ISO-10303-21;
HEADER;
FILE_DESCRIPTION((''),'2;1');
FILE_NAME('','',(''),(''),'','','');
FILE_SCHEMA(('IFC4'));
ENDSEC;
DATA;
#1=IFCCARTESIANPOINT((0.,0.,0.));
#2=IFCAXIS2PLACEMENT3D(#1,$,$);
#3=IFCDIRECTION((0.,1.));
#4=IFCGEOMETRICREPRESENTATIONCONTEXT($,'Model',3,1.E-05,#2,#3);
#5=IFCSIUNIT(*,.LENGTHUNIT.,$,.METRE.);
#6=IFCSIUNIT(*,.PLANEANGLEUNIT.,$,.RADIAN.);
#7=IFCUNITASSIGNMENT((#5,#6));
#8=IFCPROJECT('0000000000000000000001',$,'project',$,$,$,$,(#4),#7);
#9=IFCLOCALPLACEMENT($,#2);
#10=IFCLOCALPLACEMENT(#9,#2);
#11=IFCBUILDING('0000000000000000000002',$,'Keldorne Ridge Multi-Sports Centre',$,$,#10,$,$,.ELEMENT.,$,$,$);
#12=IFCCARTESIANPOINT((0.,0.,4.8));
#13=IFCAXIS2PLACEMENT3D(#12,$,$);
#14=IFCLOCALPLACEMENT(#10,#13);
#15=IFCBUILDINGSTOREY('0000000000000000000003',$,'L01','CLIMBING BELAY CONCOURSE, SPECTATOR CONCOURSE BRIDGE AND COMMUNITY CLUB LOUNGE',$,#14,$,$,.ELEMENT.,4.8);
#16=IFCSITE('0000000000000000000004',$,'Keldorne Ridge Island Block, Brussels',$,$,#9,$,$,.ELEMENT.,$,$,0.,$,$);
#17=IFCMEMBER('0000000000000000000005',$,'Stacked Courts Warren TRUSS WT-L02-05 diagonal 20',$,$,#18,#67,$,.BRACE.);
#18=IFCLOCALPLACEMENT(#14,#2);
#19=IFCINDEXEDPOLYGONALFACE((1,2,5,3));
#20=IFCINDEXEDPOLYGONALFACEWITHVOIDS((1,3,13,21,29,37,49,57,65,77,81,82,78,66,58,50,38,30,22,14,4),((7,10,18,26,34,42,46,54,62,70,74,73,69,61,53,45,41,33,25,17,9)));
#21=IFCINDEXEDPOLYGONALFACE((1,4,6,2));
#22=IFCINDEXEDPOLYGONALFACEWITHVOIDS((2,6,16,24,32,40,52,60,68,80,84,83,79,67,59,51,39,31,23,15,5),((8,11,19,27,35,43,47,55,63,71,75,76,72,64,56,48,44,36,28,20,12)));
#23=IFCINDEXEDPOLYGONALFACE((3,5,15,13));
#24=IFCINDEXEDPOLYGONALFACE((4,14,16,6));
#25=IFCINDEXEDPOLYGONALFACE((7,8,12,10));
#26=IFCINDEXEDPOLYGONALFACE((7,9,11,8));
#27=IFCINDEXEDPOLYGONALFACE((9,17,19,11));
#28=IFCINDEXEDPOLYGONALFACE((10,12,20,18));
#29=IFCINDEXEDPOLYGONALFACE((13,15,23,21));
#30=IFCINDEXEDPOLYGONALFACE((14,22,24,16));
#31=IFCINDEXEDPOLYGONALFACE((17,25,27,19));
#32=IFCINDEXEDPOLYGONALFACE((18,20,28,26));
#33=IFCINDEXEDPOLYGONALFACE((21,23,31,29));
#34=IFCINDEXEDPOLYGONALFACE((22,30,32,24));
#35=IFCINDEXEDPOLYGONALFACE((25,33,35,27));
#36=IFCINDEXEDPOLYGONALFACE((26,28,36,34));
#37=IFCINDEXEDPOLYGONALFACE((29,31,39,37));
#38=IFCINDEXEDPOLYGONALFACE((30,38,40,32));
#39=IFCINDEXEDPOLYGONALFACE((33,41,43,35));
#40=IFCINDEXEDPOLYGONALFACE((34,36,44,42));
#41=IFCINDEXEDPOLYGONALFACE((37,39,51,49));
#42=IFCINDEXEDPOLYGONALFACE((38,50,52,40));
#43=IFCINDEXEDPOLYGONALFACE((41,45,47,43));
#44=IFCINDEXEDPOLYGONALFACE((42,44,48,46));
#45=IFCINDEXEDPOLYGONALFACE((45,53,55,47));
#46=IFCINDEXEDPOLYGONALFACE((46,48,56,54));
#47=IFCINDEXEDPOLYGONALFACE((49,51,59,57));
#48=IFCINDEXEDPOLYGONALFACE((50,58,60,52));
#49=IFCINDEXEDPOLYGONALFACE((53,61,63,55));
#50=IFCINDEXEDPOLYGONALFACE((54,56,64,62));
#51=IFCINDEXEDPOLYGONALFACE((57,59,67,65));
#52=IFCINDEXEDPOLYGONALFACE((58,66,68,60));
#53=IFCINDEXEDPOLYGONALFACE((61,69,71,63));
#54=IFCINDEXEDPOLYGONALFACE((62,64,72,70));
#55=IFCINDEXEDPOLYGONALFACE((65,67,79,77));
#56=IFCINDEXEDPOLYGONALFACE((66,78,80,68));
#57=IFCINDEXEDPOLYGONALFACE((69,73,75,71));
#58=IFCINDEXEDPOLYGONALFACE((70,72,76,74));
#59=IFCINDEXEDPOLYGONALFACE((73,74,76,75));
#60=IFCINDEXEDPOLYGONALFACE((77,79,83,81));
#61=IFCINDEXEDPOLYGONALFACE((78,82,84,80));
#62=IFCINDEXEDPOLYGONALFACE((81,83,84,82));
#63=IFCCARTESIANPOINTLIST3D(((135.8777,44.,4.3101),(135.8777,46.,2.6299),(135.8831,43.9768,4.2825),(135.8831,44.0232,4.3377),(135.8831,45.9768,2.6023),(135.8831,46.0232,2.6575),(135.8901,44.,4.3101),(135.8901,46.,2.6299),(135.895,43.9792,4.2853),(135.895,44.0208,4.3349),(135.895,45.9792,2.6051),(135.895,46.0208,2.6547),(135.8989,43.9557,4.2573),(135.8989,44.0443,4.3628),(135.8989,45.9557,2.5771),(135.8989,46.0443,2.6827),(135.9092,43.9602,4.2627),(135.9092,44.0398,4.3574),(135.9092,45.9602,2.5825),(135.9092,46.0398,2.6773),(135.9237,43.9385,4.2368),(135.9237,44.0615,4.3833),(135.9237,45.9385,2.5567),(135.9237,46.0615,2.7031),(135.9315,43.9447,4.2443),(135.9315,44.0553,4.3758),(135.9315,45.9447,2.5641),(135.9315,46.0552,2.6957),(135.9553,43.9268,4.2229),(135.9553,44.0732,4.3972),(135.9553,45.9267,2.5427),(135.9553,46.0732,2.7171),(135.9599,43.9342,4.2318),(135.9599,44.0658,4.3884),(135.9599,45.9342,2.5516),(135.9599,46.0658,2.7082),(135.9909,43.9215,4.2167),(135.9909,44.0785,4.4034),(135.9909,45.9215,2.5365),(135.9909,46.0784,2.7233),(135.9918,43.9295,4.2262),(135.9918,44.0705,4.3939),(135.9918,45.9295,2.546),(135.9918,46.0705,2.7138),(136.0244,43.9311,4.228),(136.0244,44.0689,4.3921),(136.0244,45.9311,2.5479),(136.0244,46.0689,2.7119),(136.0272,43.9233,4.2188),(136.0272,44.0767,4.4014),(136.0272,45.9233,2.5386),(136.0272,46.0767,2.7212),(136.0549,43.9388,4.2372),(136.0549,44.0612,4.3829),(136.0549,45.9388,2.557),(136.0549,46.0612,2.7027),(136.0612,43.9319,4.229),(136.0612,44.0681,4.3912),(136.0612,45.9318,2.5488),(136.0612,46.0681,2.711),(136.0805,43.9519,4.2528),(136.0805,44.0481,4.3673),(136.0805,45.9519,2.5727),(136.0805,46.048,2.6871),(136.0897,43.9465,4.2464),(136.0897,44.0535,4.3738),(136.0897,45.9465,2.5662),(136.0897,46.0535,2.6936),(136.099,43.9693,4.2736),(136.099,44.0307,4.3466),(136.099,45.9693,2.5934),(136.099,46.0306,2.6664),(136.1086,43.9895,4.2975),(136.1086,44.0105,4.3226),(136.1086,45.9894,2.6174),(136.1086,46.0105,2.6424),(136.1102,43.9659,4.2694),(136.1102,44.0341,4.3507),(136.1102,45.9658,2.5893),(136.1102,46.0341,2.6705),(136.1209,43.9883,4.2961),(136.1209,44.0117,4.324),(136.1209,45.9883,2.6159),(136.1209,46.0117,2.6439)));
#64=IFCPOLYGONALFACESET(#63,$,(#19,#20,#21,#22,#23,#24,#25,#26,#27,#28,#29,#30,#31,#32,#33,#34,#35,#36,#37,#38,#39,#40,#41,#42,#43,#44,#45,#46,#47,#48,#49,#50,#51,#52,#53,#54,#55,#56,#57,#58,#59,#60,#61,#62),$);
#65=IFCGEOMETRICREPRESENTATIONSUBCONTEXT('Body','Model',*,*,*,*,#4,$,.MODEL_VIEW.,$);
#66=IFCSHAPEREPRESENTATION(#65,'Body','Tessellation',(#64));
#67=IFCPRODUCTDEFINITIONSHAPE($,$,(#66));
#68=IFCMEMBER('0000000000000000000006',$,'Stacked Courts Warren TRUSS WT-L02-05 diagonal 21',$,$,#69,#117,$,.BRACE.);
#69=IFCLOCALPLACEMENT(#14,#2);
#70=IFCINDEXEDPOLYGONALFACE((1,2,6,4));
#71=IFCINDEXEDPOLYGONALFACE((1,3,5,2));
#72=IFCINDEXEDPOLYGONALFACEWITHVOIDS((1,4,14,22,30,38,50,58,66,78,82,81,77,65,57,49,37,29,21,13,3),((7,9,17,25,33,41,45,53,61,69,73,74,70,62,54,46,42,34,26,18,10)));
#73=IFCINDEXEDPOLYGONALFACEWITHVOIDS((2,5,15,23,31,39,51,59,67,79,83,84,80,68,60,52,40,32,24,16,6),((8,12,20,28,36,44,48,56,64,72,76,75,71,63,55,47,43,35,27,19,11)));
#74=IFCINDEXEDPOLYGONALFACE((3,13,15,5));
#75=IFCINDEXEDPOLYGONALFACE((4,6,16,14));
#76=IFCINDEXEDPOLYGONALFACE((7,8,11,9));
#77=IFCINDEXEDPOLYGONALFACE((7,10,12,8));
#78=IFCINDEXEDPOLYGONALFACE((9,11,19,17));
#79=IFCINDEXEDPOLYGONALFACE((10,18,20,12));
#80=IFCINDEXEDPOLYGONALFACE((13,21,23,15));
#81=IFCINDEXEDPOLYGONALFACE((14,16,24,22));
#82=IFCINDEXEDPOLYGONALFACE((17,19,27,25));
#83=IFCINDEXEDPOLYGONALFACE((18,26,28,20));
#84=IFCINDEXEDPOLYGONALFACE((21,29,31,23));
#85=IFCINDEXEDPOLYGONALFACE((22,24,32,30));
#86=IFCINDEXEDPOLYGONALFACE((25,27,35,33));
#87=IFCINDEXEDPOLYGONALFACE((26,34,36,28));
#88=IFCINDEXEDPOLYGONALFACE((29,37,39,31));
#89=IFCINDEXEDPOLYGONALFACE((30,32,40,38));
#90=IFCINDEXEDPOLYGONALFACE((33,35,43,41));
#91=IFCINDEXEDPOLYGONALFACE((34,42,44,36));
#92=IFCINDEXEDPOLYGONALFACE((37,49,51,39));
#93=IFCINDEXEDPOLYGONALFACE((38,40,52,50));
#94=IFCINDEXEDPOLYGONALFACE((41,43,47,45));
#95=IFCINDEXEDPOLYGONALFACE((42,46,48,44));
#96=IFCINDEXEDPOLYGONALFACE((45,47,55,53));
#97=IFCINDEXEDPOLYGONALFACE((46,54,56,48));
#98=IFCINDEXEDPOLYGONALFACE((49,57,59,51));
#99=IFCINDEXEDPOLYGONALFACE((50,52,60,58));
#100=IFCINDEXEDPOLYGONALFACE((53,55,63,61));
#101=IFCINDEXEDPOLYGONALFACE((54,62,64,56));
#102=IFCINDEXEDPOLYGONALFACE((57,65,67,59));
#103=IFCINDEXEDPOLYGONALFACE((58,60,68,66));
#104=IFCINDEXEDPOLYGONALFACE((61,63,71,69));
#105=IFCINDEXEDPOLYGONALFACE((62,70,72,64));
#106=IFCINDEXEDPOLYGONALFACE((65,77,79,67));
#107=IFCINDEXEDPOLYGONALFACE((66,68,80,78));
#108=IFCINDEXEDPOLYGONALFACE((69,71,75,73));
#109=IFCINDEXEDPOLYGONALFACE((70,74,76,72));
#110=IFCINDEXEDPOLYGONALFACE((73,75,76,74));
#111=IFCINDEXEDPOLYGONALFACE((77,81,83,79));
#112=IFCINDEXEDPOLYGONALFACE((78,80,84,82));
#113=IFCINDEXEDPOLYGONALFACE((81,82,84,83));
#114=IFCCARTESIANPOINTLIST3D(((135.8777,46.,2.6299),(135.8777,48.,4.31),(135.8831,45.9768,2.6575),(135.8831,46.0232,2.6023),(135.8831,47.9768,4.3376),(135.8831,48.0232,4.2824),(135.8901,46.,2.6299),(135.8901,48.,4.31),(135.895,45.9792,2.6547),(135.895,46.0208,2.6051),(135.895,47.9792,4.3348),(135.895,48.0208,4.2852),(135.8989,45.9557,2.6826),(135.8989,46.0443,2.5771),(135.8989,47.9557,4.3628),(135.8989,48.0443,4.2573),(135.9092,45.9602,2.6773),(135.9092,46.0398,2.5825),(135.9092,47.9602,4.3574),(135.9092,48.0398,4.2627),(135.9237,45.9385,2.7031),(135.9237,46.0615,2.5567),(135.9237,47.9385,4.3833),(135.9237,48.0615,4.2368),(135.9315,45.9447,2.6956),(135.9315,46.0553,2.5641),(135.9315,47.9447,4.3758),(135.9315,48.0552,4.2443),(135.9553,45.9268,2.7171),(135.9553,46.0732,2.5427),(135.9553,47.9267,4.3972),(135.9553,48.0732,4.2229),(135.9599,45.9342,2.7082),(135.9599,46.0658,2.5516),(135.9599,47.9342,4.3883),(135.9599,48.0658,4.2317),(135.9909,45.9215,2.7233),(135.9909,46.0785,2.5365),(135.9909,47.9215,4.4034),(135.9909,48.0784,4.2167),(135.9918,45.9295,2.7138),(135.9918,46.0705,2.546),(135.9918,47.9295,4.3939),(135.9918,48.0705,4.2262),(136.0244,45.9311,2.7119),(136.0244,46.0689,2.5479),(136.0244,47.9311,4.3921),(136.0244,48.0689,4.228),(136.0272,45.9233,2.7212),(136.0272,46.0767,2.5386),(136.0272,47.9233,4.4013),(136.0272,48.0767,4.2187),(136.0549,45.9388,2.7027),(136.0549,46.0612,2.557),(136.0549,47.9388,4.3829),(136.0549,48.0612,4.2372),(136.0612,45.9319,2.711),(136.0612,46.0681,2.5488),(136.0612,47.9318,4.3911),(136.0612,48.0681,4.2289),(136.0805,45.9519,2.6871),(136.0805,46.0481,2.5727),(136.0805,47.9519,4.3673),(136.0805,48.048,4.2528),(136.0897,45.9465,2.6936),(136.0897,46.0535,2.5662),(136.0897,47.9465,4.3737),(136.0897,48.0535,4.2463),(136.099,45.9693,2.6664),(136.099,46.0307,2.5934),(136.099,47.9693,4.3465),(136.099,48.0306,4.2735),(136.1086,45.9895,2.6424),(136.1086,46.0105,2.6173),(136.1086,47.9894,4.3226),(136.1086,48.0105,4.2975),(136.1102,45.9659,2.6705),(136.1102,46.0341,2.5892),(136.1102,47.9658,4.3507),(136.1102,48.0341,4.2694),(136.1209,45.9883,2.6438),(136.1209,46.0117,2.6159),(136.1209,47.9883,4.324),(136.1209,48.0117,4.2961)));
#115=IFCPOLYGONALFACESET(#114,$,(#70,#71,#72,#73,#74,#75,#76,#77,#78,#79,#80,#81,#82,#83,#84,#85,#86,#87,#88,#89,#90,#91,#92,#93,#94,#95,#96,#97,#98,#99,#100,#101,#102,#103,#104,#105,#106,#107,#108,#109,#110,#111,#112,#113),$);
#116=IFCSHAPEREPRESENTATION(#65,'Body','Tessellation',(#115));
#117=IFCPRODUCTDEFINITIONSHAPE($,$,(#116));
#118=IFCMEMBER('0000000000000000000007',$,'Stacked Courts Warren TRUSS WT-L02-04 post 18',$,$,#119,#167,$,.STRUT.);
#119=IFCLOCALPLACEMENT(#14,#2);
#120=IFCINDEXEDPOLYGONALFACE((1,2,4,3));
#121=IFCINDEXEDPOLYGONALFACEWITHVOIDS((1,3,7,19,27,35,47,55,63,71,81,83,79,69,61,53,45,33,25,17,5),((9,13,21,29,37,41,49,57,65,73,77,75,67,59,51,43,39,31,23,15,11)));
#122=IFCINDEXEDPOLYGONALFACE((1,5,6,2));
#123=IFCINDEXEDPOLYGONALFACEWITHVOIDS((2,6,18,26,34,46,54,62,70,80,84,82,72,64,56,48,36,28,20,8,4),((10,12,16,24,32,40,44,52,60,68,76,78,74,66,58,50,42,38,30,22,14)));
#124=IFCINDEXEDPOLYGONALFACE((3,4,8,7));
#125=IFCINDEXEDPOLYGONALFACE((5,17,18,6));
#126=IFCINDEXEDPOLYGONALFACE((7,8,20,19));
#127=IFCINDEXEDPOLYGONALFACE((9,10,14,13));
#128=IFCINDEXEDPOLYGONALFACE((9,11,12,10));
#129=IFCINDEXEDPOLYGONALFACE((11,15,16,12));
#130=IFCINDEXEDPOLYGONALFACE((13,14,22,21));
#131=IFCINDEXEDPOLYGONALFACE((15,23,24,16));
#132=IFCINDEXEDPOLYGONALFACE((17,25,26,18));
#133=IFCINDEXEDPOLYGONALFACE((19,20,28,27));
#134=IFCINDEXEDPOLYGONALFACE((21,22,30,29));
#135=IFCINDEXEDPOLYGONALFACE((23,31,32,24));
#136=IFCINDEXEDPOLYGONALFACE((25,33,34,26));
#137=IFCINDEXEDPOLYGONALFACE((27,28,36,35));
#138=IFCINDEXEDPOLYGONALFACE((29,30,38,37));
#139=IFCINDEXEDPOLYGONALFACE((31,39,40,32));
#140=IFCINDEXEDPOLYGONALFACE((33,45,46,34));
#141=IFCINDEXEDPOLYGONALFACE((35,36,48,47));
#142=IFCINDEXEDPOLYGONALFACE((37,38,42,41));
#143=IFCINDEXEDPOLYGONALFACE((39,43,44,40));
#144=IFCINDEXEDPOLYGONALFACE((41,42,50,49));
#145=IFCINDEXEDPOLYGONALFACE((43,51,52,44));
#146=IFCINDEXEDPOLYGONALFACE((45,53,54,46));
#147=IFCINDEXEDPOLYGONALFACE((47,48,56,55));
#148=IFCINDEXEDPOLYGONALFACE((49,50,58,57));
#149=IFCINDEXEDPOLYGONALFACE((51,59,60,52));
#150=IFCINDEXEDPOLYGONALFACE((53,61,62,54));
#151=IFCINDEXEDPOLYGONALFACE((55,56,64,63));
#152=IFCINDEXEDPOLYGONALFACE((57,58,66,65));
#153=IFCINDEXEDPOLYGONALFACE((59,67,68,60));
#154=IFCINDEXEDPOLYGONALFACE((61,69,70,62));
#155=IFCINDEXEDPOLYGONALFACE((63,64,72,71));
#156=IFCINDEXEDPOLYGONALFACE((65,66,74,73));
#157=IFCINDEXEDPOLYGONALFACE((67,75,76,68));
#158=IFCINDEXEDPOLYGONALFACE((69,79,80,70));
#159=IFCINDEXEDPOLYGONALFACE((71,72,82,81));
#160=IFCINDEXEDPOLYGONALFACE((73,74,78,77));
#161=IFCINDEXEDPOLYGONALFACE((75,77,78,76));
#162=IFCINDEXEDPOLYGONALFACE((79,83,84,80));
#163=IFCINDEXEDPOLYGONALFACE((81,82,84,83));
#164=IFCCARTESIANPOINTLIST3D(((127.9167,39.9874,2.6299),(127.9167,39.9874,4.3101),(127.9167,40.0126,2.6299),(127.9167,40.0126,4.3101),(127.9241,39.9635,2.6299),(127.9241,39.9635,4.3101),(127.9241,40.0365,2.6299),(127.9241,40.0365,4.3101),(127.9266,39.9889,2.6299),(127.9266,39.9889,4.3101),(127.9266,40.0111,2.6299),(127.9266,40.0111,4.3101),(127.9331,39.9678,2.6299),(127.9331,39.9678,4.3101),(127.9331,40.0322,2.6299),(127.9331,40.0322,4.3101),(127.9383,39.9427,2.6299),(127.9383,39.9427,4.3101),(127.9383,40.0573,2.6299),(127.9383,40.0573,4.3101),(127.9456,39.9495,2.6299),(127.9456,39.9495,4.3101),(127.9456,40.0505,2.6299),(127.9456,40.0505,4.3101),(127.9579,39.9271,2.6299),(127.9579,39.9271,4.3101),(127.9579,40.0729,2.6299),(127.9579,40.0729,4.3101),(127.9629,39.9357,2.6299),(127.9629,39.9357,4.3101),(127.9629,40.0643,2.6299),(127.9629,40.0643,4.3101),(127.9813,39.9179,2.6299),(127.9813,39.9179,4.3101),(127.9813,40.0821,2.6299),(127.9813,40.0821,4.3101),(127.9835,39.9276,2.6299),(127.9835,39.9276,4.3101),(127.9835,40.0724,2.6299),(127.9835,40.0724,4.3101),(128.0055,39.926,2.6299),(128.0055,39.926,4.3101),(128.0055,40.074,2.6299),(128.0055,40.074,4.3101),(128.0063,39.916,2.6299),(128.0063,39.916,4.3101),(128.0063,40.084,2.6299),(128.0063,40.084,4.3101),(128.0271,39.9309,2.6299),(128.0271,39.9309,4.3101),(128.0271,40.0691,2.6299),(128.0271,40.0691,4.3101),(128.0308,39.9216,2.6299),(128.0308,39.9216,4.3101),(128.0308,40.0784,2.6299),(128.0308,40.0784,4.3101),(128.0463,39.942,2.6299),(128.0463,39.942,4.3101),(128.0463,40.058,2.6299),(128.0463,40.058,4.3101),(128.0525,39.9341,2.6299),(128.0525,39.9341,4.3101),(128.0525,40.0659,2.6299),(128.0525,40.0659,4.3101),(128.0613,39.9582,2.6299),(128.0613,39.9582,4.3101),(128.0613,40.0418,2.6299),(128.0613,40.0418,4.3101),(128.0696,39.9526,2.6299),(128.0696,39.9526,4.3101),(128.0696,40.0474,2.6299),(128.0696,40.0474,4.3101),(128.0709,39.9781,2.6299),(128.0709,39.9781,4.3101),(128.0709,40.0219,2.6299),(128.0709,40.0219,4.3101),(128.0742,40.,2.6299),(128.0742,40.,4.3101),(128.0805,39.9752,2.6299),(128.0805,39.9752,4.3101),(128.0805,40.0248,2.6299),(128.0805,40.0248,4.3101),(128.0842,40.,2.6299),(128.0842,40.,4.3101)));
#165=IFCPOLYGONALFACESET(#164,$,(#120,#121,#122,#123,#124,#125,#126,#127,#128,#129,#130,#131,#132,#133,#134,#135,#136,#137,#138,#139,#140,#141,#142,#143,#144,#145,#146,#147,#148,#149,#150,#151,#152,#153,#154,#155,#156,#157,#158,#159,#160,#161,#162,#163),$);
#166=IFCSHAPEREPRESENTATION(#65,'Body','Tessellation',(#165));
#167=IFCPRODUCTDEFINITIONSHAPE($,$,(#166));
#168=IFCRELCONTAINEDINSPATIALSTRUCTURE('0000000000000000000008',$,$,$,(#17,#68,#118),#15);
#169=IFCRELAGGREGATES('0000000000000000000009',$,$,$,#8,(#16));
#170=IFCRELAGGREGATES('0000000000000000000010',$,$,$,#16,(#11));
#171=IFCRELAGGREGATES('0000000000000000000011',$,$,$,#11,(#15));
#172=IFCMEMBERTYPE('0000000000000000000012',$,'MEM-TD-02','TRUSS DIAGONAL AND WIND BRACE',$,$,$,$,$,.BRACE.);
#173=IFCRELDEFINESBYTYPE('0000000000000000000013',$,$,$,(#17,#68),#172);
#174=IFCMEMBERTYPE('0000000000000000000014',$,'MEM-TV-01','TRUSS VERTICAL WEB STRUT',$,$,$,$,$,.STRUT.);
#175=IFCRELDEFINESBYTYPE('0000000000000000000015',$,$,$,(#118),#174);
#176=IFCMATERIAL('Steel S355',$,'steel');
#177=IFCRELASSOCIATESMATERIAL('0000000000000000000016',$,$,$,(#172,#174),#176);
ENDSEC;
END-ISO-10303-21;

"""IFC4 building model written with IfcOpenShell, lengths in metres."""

from ifc_helpers import new_model, si_unit, direction, frame, origin, origin_2d, place, context, subcontext, project, spatial, hollow_circle, extrude, material, material_profile, profile_set, type_object, element, save


model = new_model("IFC4")

# Units and contexts
model_context = context("Model", 3, precision=1e-05, world=origin(), true_north=direction((0.0, 1.0)))
body_context = subcontext(model_context, "Body", "Model", "MODEL_VIEW")
ifc_project = project(units=[si_unit("LENGTHUNIT", "METRE"), si_unit("PLANEANGLEUNIT", "RADIAN")], contexts=[model_context])

# Site, building, storey
site_placement = place(None, origin())
site = spatial("IfcSite", under=ifc_project, at=site_placement, Name="Keldorne Ridge Island Block, Brussels", CompositionType="ELEMENT", RefElevation=0.0)
building_placement = place(site_placement, origin())
building = spatial("IfcBuilding", under=site, at=building_placement, Name="Keldorne Ridge Multi-Sports Centre", CompositionType="ELEMENT")
storey_placement = place(building_placement, frame((0.0, 0.0, 4.8)))
storey = spatial("IfcBuildingStorey", under=building, at=storey_placement, Name="L01", Description="CLIMBING BELAY CONCOURSE, SPECTATOR CONCOURSE BRIDGE AND COMMUNITY CLUB LOUNGE", CompositionType="ELEMENT", Elevation=4.8)

# Members
ifc_material = material(Name="Steel S355", Category="steel")
ifc_material_profile_1 = material_profile(ifc_material, hollow_circle(Radius=0.1223, WallThickness=0.0125, at=origin_2d()), Name="CHS 244.5x12.5")
ifc_profile_set_1 = profile_set([ifc_material_profile_1], Name="Steel S355")
member_type_1 = type_object("IfcMemberType", Name="MEM-TD-02", Description="TRUSS DIAGONAL AND WIND BRACE", PredefinedType="BRACE", material=ifc_profile_set_1)
for number, where, z_axis, x_axis, name in (
    (1, (136.0, 44.0, 4.3101), (0.0, 0.765672, -0.643232), (-1.0, 0.0, 0.0), "Stacked Courts Warren TRUSS WT-L02-05 diagonal 20"),
    (2, (136.0, 46.0, 2.6299), (0.0, 0.765672, 0.643232), (-1.0, 0.0, 0.0), "Stacked Courts Warren TRUSS WT-L02-05 diagonal 21"),
):
    element("IfcMember", number, at=place(storey_placement, frame(where, z_axis=z_axis, x_axis=x_axis)), inside=storey, type_object=member_type_1, Name=name, PredefinedType="BRACE", context=body_context, shape_type="SweptSolid", body=[
        extrude(hollow_circle(Radius=0.1223, WallThickness=0.0125, at=origin_2d()), origin(), (0.0, 0.0, 1.0), 2.6121),
    ])
ifc_material_profile_2 = material_profile(ifc_material, hollow_circle(Radius=0.0842, WallThickness=0.01, at=origin_2d()), Name="CHS 168.3x10")
ifc_profile_set_2 = profile_set([ifc_material_profile_2], Name="Steel S355")
member_type_2 = type_object("IfcMemberType", Name="MEM-TV-01", Description="TRUSS VERTICAL WEB STRUT", PredefinedType="STRUT", material=ifc_profile_set_2)
for number, where, z_axis, x_axis, name in (
    (3, (128.0, 40.0, 2.6299), (0.0, 0.0, 1.0), (1.0, 0.0, 0.0), "Stacked Courts Warren TRUSS WT-L02-04 post 18"),
):
    element("IfcMember", number, at=place(storey_placement, frame(where, z_axis=z_axis, x_axis=x_axis)), inside=storey, type_object=member_type_2, Name=name, PredefinedType="STRUT", context=body_context, shape_type="SweptSolid", body=[
        extrude(hollow_circle(Radius=0.0842, WallThickness=0.01, at=origin_2d()), origin(), (0.0, 0.0, 1.0), 1.6802),
    ])

save(model, "model.ifc")
